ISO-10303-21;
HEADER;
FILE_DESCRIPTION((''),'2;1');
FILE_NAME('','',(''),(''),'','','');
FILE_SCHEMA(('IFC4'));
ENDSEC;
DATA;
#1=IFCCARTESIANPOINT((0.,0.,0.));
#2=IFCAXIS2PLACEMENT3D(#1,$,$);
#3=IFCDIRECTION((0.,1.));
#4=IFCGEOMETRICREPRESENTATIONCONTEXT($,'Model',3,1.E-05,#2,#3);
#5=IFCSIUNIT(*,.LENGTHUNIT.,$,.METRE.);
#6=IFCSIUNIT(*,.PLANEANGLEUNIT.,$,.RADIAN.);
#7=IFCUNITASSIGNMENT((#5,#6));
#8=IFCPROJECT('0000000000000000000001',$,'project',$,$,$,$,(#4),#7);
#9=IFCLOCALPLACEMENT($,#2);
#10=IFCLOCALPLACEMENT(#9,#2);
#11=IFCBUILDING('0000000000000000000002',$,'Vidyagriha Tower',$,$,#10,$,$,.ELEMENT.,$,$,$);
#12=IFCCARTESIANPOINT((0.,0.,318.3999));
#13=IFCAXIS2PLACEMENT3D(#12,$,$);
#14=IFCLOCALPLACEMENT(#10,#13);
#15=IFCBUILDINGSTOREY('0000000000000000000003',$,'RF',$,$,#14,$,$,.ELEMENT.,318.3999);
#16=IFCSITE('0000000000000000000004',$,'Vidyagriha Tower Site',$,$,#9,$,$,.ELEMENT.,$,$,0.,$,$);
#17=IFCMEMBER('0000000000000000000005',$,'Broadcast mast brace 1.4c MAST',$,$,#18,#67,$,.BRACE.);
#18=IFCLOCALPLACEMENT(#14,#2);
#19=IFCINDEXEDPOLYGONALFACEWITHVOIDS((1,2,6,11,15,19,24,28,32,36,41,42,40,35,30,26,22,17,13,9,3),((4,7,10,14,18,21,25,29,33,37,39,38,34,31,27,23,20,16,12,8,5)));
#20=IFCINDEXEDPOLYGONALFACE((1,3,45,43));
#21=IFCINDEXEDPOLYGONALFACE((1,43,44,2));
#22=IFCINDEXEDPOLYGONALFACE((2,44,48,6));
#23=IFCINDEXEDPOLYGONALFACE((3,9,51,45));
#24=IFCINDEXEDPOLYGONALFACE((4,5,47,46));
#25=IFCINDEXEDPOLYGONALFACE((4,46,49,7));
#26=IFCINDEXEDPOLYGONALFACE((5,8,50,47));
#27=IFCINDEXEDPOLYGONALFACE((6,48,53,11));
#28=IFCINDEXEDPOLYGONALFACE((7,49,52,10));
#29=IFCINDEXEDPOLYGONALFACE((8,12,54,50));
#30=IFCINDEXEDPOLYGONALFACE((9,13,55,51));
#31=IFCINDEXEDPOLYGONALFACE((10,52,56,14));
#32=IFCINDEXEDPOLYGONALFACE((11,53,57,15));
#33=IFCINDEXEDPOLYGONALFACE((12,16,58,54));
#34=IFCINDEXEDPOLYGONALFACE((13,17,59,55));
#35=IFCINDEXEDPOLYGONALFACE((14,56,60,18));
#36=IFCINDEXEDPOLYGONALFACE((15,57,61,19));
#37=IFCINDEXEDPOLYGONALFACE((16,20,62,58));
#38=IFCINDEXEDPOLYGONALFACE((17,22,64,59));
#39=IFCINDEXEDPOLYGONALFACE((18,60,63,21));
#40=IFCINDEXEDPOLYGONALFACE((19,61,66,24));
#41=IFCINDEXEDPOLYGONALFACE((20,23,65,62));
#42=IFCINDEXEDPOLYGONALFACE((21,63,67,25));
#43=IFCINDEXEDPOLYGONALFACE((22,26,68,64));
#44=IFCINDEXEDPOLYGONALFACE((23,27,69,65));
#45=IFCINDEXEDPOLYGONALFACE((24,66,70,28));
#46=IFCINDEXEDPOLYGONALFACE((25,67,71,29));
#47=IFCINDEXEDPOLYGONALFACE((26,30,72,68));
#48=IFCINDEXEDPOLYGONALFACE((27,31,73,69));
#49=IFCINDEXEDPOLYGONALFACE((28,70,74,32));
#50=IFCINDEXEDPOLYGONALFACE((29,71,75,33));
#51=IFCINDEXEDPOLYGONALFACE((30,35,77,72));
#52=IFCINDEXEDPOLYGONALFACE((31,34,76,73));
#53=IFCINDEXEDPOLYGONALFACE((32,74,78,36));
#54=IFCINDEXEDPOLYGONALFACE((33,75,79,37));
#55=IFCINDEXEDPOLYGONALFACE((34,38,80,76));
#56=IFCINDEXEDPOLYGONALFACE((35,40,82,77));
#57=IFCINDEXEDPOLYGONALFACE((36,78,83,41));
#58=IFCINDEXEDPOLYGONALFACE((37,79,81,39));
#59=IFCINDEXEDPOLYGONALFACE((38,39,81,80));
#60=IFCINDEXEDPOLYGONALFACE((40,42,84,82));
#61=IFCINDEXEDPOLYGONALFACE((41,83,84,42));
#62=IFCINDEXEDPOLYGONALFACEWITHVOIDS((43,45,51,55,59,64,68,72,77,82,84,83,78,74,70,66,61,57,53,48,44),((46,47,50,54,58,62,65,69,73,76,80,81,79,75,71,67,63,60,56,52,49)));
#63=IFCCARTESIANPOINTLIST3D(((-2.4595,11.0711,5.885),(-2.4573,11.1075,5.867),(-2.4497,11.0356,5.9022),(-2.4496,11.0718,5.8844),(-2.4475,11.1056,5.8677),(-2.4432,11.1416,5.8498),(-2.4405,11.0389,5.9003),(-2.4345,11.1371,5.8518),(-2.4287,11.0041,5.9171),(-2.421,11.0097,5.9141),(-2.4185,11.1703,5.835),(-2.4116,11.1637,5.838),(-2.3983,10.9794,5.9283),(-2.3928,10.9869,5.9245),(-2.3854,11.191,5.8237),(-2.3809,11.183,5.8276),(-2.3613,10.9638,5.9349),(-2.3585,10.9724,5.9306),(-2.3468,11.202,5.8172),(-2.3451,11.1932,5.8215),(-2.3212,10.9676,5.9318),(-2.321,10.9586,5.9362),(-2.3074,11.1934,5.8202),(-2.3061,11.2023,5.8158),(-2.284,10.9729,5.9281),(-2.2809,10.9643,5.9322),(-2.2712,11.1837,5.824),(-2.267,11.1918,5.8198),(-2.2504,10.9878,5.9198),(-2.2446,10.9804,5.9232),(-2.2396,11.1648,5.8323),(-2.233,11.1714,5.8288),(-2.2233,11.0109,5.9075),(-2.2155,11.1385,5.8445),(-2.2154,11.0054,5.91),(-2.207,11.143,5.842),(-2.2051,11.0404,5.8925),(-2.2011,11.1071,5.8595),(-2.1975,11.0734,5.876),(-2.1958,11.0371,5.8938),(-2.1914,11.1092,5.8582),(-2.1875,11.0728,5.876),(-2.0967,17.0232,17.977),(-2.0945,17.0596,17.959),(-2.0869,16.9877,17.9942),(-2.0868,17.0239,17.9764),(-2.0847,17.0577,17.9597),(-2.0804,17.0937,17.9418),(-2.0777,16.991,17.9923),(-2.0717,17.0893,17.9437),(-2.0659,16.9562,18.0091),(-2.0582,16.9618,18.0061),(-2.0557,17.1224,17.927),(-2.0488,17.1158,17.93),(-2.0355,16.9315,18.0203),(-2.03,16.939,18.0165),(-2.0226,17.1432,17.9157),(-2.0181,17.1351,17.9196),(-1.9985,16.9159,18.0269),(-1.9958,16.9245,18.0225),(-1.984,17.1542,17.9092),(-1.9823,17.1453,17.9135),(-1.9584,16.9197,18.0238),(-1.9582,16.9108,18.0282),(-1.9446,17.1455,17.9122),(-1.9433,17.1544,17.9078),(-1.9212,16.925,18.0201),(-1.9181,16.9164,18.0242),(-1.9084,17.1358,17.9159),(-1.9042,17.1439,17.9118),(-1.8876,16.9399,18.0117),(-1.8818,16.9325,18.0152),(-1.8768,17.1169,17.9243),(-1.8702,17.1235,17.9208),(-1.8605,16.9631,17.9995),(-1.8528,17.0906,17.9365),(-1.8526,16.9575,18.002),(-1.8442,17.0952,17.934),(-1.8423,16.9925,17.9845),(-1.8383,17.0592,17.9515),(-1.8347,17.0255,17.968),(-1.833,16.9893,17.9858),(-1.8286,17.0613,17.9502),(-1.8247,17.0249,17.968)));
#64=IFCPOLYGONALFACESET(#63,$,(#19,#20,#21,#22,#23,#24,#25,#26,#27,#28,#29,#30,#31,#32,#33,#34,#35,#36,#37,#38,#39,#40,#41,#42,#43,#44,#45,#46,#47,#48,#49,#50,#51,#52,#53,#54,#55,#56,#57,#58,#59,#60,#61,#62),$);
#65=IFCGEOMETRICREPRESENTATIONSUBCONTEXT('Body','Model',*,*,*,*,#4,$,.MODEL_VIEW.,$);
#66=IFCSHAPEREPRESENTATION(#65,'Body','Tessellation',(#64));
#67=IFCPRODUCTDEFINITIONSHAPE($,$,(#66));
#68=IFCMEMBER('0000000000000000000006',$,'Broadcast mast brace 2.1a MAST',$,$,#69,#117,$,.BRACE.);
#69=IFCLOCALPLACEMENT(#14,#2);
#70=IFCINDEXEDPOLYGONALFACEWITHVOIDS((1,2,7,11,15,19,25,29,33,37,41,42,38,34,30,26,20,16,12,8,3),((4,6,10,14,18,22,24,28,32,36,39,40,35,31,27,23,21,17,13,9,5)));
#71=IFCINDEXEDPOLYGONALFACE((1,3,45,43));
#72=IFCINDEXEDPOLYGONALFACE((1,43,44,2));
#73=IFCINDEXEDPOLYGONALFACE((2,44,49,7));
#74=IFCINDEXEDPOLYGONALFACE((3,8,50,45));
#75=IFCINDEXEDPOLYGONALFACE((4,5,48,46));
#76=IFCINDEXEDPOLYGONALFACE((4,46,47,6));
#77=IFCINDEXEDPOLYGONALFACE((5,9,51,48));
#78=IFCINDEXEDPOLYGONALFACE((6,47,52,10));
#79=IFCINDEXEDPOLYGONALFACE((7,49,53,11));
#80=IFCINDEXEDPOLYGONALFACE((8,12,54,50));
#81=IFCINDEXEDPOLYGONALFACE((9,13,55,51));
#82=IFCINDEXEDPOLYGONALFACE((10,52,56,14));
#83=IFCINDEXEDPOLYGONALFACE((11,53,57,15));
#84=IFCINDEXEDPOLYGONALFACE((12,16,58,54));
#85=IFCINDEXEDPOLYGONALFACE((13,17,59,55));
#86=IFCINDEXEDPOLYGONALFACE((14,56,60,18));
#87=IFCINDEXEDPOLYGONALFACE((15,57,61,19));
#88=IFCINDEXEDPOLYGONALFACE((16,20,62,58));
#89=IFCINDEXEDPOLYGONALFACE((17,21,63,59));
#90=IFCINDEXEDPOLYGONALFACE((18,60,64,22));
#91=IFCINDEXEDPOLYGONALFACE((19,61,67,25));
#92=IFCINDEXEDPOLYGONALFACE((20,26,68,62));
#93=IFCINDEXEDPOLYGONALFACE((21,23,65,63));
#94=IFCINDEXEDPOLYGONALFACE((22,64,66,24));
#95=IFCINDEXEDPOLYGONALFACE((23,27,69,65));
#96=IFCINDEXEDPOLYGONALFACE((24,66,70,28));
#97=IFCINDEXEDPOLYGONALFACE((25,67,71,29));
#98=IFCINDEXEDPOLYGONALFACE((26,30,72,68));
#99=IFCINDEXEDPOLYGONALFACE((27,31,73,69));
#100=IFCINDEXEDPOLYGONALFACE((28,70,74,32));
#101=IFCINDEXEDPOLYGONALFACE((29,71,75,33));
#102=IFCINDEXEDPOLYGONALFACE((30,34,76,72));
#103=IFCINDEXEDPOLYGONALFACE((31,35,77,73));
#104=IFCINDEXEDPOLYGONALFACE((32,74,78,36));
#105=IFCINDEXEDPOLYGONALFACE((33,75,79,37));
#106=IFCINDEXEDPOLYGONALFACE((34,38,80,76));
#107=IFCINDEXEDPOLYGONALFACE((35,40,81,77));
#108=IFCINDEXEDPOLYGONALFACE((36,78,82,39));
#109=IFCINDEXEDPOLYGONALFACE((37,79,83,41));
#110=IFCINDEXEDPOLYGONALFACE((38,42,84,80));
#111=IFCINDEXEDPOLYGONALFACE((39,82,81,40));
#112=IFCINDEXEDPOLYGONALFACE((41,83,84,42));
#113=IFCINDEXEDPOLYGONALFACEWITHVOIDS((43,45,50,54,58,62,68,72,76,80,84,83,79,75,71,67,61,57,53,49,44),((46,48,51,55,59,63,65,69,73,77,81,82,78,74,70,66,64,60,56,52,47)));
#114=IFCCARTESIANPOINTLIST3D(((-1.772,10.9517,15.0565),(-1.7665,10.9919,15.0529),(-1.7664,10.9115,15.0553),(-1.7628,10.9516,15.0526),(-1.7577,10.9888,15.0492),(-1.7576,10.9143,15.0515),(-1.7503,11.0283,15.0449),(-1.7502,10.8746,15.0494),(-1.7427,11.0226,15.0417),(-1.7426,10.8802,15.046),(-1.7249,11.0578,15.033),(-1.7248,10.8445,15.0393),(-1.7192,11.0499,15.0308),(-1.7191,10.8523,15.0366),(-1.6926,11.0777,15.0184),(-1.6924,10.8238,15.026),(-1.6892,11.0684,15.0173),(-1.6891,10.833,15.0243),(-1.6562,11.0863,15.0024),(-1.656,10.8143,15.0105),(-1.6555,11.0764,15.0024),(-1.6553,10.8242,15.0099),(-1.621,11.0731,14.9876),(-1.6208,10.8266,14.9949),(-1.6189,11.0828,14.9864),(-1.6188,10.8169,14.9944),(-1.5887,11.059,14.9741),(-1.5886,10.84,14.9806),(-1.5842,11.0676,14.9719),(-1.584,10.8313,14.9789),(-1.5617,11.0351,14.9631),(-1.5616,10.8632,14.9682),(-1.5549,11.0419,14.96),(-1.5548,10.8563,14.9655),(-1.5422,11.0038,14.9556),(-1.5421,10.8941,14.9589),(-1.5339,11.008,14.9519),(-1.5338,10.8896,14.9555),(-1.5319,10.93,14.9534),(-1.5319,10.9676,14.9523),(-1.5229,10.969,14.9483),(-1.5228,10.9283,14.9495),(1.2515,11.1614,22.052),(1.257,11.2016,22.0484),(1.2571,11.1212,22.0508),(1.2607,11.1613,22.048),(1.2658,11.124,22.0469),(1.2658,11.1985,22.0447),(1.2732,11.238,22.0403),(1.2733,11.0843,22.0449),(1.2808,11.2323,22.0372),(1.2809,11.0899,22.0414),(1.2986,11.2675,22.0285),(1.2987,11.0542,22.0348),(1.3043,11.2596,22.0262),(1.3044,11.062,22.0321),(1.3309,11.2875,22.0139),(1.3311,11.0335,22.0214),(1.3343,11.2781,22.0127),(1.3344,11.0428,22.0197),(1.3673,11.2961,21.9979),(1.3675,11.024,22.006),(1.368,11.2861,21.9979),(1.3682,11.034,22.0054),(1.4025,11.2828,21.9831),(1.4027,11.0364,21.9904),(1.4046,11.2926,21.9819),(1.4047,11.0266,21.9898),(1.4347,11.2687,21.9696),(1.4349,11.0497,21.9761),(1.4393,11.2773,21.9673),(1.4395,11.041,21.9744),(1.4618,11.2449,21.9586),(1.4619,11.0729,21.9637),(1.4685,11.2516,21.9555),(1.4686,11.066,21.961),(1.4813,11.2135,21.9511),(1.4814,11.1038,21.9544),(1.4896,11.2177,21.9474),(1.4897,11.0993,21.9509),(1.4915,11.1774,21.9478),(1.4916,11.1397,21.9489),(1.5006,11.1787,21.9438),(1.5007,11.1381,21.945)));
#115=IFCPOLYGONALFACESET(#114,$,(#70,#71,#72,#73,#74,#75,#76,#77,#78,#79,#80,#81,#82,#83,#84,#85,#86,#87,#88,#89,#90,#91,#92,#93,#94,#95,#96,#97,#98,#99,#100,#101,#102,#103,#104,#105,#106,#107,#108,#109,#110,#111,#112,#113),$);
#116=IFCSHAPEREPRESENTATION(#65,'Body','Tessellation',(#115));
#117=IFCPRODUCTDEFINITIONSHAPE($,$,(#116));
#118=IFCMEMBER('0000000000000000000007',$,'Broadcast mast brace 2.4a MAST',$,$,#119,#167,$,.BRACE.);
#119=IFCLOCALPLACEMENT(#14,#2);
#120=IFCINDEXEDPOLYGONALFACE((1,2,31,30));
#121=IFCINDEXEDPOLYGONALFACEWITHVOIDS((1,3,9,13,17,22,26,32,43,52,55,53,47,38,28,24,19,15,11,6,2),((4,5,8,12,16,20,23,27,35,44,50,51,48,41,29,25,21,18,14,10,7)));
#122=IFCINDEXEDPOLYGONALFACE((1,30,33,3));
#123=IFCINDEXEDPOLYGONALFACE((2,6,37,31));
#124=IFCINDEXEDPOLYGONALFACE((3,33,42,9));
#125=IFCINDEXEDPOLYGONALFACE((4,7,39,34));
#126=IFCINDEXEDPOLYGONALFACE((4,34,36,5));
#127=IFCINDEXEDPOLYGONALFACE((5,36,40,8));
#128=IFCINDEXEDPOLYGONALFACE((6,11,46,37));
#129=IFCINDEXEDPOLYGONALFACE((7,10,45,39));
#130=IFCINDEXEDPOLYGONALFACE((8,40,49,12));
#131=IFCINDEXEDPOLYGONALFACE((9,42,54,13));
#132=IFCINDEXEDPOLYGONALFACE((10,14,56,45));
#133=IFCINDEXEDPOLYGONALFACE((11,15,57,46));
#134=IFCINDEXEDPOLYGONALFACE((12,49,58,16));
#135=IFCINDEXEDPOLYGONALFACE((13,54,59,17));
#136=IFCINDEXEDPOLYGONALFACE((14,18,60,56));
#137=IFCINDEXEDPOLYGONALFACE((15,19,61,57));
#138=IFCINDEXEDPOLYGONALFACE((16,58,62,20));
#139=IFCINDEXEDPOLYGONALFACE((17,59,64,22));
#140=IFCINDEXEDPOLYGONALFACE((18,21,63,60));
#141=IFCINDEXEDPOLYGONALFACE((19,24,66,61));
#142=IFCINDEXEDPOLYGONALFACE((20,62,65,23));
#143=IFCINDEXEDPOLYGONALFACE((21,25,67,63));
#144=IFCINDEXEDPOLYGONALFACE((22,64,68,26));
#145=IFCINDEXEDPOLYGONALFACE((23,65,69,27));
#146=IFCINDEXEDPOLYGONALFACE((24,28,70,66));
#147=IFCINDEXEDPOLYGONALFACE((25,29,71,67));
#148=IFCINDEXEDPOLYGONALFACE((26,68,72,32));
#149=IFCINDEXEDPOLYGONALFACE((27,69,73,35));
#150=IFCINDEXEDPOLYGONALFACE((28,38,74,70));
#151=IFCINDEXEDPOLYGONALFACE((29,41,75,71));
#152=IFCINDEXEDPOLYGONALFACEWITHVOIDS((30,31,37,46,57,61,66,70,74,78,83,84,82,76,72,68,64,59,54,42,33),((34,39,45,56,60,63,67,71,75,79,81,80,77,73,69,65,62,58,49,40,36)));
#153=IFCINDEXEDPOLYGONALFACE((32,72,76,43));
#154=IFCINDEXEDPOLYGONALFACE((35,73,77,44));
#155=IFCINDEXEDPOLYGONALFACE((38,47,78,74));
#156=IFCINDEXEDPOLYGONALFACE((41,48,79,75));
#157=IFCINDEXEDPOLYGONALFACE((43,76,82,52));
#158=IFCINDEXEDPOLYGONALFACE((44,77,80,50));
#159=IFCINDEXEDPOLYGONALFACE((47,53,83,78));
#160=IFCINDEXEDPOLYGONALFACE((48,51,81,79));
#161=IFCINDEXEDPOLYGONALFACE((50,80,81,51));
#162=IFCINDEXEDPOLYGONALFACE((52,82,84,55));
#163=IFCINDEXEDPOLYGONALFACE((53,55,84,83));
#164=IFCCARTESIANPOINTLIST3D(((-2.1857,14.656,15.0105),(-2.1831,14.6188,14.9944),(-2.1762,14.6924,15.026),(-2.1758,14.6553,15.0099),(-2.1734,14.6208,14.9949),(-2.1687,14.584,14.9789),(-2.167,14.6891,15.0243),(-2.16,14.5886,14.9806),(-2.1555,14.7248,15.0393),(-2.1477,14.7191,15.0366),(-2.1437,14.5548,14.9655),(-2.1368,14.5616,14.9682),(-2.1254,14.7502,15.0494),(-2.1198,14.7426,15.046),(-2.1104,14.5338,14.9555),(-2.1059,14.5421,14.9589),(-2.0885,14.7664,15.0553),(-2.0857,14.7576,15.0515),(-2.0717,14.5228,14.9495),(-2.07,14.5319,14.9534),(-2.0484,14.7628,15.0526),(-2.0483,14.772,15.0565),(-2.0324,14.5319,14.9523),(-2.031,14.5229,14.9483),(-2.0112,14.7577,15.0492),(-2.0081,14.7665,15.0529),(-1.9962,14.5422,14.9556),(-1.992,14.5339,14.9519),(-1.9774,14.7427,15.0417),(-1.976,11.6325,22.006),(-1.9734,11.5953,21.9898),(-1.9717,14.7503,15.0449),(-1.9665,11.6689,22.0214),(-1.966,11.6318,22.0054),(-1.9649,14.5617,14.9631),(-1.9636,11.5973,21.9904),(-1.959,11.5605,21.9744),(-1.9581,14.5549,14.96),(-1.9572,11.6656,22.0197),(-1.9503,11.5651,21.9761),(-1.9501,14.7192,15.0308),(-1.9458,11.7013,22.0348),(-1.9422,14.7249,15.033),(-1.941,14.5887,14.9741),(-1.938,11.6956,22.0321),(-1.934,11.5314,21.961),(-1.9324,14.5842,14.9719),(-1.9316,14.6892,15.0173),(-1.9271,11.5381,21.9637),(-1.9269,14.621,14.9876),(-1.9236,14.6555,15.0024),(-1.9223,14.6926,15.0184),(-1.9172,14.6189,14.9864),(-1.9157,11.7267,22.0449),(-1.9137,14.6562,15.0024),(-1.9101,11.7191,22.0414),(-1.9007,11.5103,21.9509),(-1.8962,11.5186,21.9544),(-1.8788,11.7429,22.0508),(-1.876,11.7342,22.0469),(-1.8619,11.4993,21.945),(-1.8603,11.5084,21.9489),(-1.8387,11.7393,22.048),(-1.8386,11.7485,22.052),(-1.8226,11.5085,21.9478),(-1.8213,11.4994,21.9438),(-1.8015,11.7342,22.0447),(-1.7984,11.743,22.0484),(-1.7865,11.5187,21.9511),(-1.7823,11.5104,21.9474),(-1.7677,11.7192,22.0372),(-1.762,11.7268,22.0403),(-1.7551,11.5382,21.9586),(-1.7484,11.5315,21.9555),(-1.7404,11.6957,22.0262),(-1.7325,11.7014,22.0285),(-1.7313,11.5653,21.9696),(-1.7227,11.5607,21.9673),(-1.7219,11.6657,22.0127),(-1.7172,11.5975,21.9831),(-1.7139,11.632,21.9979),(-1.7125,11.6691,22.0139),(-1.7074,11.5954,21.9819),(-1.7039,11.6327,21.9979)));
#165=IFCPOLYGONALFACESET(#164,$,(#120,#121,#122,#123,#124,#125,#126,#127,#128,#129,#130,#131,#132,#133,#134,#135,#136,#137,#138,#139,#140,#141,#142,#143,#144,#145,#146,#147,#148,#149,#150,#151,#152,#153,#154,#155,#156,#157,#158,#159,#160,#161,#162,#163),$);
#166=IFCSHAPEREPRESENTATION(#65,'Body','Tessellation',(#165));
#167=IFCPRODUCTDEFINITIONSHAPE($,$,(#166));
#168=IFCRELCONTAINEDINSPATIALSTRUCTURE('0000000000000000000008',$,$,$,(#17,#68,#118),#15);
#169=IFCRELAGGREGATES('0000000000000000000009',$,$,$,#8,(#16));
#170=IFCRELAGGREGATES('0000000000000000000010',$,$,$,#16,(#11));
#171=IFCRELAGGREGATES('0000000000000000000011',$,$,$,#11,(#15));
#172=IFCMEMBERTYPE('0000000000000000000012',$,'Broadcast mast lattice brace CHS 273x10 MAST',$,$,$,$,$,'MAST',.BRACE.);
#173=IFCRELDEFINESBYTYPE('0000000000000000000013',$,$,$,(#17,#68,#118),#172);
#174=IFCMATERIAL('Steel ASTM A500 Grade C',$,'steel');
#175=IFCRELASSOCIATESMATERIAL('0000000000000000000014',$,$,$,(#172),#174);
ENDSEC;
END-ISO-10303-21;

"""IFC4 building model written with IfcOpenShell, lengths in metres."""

from ifc_helpers import new_model, si_unit, direction, frame, origin, origin_2d, place, context, subcontext, project, spatial, hollow_circle, extrude, material, material_profile, profile_set, type_object, element, save


model = new_model("IFC4")

# Units and contexts
model_context = context("Model", 3, precision=1e-05, world=origin(), true_north=direction((0.0, 1.0)))
body_context = subcontext(model_context, "Body", "Model", "MODEL_VIEW")
ifc_project = project(units=[si_unit("LENGTHUNIT", "METRE"), si_unit("PLANEANGLEUNIT", "RADIAN")], contexts=[model_context])

# Site, building, storey
site_placement = place(None, origin())
site = spatial("IfcSite", under=ifc_project, at=site_placement, Name="Vidyagriha Tower Site", CompositionType="ELEMENT", RefElevation=0.0)
building_placement = place(site_placement, origin())
building = spatial("IfcBuilding", under=site, at=building_placement, Name="Vidyagriha Tower", CompositionType="ELEMENT")
storey_placement = place(building_placement, frame((0.0, 0.0, 318.3999)))
storey = spatial("IfcBuildingStorey", under=building, at=storey_placement, Name="RF", CompositionType="ELEMENT", Elevation=318.3999)

# Members
ifc_material_1 = material(Name="Steel ASTM A500 Grade C", Category="steel")
ifc_material_profile_1 = material_profile(ifc_material_1, hollow_circle(Radius=0.1365, WallThickness=0.01, at=origin_2d()), Name="Broadcast mast lattice brace CHS 273x10 MAST")
ifc_profile_set_1 = profile_set([ifc_material_profile_1], Name="Steel ASTM A500 Grade C")
member_type_1 = type_object("IfcMemberType", Name="Broadcast mast lattice brace CHS 273x10 MAST", ElementType="MAST", PredefinedType="BRACE", material=ifc_profile_set_1)
member_1_placement = place(storey_placement, frame((-1.9609, 17.0332, 17.968), z_axis=(-0.026908, -0.441473, -0.896871), x_axis=(0.998148, -0.060839, 0.0)))
element("IfcMember", 1, at=member_1_placement, inside=storey, type_object=member_type_1, Name="Broadcast mast brace 1.4c MAST", PredefinedType="BRACE", context=body_context, shape_type="SweptSolid", body=[
    extrude(hollow_circle(Radius=0.1365, WallThickness=0.01, at=origin_2d()), origin(), (0.0, 0.0, 1.0), 13.4824),
])
for number, where, z_axis, x_axis, name in (
    (2, (-1.6467, 10.9502, 15.0024), (0.396586, 0.027509, 0.917585), (-0.069197, 0.997603, 0.0), "Broadcast mast brace 2.1a MAST"),
    (3, (-2.0498, 14.6467, 15.0024), (0.027509, -0.396586, 0.917585), (0.997603, 0.069197, 0.0), "Broadcast mast brace 2.4a MAST"),
):
    element("IfcMember", number, at=place(storey_placement, frame(where, z_axis=z_axis, x_axis=x_axis)), inside=storey, type_object=member_type_1, Name=name, PredefinedType="BRACE", context=body_context, shape_type="SweptSolid", body=[
        extrude(hollow_circle(Radius=0.1365, WallThickness=0.01, at=origin_2d()), origin(), (0.0, 0.0, 1.0), 7.6238),
    ])

save(model, "model.ifc")
